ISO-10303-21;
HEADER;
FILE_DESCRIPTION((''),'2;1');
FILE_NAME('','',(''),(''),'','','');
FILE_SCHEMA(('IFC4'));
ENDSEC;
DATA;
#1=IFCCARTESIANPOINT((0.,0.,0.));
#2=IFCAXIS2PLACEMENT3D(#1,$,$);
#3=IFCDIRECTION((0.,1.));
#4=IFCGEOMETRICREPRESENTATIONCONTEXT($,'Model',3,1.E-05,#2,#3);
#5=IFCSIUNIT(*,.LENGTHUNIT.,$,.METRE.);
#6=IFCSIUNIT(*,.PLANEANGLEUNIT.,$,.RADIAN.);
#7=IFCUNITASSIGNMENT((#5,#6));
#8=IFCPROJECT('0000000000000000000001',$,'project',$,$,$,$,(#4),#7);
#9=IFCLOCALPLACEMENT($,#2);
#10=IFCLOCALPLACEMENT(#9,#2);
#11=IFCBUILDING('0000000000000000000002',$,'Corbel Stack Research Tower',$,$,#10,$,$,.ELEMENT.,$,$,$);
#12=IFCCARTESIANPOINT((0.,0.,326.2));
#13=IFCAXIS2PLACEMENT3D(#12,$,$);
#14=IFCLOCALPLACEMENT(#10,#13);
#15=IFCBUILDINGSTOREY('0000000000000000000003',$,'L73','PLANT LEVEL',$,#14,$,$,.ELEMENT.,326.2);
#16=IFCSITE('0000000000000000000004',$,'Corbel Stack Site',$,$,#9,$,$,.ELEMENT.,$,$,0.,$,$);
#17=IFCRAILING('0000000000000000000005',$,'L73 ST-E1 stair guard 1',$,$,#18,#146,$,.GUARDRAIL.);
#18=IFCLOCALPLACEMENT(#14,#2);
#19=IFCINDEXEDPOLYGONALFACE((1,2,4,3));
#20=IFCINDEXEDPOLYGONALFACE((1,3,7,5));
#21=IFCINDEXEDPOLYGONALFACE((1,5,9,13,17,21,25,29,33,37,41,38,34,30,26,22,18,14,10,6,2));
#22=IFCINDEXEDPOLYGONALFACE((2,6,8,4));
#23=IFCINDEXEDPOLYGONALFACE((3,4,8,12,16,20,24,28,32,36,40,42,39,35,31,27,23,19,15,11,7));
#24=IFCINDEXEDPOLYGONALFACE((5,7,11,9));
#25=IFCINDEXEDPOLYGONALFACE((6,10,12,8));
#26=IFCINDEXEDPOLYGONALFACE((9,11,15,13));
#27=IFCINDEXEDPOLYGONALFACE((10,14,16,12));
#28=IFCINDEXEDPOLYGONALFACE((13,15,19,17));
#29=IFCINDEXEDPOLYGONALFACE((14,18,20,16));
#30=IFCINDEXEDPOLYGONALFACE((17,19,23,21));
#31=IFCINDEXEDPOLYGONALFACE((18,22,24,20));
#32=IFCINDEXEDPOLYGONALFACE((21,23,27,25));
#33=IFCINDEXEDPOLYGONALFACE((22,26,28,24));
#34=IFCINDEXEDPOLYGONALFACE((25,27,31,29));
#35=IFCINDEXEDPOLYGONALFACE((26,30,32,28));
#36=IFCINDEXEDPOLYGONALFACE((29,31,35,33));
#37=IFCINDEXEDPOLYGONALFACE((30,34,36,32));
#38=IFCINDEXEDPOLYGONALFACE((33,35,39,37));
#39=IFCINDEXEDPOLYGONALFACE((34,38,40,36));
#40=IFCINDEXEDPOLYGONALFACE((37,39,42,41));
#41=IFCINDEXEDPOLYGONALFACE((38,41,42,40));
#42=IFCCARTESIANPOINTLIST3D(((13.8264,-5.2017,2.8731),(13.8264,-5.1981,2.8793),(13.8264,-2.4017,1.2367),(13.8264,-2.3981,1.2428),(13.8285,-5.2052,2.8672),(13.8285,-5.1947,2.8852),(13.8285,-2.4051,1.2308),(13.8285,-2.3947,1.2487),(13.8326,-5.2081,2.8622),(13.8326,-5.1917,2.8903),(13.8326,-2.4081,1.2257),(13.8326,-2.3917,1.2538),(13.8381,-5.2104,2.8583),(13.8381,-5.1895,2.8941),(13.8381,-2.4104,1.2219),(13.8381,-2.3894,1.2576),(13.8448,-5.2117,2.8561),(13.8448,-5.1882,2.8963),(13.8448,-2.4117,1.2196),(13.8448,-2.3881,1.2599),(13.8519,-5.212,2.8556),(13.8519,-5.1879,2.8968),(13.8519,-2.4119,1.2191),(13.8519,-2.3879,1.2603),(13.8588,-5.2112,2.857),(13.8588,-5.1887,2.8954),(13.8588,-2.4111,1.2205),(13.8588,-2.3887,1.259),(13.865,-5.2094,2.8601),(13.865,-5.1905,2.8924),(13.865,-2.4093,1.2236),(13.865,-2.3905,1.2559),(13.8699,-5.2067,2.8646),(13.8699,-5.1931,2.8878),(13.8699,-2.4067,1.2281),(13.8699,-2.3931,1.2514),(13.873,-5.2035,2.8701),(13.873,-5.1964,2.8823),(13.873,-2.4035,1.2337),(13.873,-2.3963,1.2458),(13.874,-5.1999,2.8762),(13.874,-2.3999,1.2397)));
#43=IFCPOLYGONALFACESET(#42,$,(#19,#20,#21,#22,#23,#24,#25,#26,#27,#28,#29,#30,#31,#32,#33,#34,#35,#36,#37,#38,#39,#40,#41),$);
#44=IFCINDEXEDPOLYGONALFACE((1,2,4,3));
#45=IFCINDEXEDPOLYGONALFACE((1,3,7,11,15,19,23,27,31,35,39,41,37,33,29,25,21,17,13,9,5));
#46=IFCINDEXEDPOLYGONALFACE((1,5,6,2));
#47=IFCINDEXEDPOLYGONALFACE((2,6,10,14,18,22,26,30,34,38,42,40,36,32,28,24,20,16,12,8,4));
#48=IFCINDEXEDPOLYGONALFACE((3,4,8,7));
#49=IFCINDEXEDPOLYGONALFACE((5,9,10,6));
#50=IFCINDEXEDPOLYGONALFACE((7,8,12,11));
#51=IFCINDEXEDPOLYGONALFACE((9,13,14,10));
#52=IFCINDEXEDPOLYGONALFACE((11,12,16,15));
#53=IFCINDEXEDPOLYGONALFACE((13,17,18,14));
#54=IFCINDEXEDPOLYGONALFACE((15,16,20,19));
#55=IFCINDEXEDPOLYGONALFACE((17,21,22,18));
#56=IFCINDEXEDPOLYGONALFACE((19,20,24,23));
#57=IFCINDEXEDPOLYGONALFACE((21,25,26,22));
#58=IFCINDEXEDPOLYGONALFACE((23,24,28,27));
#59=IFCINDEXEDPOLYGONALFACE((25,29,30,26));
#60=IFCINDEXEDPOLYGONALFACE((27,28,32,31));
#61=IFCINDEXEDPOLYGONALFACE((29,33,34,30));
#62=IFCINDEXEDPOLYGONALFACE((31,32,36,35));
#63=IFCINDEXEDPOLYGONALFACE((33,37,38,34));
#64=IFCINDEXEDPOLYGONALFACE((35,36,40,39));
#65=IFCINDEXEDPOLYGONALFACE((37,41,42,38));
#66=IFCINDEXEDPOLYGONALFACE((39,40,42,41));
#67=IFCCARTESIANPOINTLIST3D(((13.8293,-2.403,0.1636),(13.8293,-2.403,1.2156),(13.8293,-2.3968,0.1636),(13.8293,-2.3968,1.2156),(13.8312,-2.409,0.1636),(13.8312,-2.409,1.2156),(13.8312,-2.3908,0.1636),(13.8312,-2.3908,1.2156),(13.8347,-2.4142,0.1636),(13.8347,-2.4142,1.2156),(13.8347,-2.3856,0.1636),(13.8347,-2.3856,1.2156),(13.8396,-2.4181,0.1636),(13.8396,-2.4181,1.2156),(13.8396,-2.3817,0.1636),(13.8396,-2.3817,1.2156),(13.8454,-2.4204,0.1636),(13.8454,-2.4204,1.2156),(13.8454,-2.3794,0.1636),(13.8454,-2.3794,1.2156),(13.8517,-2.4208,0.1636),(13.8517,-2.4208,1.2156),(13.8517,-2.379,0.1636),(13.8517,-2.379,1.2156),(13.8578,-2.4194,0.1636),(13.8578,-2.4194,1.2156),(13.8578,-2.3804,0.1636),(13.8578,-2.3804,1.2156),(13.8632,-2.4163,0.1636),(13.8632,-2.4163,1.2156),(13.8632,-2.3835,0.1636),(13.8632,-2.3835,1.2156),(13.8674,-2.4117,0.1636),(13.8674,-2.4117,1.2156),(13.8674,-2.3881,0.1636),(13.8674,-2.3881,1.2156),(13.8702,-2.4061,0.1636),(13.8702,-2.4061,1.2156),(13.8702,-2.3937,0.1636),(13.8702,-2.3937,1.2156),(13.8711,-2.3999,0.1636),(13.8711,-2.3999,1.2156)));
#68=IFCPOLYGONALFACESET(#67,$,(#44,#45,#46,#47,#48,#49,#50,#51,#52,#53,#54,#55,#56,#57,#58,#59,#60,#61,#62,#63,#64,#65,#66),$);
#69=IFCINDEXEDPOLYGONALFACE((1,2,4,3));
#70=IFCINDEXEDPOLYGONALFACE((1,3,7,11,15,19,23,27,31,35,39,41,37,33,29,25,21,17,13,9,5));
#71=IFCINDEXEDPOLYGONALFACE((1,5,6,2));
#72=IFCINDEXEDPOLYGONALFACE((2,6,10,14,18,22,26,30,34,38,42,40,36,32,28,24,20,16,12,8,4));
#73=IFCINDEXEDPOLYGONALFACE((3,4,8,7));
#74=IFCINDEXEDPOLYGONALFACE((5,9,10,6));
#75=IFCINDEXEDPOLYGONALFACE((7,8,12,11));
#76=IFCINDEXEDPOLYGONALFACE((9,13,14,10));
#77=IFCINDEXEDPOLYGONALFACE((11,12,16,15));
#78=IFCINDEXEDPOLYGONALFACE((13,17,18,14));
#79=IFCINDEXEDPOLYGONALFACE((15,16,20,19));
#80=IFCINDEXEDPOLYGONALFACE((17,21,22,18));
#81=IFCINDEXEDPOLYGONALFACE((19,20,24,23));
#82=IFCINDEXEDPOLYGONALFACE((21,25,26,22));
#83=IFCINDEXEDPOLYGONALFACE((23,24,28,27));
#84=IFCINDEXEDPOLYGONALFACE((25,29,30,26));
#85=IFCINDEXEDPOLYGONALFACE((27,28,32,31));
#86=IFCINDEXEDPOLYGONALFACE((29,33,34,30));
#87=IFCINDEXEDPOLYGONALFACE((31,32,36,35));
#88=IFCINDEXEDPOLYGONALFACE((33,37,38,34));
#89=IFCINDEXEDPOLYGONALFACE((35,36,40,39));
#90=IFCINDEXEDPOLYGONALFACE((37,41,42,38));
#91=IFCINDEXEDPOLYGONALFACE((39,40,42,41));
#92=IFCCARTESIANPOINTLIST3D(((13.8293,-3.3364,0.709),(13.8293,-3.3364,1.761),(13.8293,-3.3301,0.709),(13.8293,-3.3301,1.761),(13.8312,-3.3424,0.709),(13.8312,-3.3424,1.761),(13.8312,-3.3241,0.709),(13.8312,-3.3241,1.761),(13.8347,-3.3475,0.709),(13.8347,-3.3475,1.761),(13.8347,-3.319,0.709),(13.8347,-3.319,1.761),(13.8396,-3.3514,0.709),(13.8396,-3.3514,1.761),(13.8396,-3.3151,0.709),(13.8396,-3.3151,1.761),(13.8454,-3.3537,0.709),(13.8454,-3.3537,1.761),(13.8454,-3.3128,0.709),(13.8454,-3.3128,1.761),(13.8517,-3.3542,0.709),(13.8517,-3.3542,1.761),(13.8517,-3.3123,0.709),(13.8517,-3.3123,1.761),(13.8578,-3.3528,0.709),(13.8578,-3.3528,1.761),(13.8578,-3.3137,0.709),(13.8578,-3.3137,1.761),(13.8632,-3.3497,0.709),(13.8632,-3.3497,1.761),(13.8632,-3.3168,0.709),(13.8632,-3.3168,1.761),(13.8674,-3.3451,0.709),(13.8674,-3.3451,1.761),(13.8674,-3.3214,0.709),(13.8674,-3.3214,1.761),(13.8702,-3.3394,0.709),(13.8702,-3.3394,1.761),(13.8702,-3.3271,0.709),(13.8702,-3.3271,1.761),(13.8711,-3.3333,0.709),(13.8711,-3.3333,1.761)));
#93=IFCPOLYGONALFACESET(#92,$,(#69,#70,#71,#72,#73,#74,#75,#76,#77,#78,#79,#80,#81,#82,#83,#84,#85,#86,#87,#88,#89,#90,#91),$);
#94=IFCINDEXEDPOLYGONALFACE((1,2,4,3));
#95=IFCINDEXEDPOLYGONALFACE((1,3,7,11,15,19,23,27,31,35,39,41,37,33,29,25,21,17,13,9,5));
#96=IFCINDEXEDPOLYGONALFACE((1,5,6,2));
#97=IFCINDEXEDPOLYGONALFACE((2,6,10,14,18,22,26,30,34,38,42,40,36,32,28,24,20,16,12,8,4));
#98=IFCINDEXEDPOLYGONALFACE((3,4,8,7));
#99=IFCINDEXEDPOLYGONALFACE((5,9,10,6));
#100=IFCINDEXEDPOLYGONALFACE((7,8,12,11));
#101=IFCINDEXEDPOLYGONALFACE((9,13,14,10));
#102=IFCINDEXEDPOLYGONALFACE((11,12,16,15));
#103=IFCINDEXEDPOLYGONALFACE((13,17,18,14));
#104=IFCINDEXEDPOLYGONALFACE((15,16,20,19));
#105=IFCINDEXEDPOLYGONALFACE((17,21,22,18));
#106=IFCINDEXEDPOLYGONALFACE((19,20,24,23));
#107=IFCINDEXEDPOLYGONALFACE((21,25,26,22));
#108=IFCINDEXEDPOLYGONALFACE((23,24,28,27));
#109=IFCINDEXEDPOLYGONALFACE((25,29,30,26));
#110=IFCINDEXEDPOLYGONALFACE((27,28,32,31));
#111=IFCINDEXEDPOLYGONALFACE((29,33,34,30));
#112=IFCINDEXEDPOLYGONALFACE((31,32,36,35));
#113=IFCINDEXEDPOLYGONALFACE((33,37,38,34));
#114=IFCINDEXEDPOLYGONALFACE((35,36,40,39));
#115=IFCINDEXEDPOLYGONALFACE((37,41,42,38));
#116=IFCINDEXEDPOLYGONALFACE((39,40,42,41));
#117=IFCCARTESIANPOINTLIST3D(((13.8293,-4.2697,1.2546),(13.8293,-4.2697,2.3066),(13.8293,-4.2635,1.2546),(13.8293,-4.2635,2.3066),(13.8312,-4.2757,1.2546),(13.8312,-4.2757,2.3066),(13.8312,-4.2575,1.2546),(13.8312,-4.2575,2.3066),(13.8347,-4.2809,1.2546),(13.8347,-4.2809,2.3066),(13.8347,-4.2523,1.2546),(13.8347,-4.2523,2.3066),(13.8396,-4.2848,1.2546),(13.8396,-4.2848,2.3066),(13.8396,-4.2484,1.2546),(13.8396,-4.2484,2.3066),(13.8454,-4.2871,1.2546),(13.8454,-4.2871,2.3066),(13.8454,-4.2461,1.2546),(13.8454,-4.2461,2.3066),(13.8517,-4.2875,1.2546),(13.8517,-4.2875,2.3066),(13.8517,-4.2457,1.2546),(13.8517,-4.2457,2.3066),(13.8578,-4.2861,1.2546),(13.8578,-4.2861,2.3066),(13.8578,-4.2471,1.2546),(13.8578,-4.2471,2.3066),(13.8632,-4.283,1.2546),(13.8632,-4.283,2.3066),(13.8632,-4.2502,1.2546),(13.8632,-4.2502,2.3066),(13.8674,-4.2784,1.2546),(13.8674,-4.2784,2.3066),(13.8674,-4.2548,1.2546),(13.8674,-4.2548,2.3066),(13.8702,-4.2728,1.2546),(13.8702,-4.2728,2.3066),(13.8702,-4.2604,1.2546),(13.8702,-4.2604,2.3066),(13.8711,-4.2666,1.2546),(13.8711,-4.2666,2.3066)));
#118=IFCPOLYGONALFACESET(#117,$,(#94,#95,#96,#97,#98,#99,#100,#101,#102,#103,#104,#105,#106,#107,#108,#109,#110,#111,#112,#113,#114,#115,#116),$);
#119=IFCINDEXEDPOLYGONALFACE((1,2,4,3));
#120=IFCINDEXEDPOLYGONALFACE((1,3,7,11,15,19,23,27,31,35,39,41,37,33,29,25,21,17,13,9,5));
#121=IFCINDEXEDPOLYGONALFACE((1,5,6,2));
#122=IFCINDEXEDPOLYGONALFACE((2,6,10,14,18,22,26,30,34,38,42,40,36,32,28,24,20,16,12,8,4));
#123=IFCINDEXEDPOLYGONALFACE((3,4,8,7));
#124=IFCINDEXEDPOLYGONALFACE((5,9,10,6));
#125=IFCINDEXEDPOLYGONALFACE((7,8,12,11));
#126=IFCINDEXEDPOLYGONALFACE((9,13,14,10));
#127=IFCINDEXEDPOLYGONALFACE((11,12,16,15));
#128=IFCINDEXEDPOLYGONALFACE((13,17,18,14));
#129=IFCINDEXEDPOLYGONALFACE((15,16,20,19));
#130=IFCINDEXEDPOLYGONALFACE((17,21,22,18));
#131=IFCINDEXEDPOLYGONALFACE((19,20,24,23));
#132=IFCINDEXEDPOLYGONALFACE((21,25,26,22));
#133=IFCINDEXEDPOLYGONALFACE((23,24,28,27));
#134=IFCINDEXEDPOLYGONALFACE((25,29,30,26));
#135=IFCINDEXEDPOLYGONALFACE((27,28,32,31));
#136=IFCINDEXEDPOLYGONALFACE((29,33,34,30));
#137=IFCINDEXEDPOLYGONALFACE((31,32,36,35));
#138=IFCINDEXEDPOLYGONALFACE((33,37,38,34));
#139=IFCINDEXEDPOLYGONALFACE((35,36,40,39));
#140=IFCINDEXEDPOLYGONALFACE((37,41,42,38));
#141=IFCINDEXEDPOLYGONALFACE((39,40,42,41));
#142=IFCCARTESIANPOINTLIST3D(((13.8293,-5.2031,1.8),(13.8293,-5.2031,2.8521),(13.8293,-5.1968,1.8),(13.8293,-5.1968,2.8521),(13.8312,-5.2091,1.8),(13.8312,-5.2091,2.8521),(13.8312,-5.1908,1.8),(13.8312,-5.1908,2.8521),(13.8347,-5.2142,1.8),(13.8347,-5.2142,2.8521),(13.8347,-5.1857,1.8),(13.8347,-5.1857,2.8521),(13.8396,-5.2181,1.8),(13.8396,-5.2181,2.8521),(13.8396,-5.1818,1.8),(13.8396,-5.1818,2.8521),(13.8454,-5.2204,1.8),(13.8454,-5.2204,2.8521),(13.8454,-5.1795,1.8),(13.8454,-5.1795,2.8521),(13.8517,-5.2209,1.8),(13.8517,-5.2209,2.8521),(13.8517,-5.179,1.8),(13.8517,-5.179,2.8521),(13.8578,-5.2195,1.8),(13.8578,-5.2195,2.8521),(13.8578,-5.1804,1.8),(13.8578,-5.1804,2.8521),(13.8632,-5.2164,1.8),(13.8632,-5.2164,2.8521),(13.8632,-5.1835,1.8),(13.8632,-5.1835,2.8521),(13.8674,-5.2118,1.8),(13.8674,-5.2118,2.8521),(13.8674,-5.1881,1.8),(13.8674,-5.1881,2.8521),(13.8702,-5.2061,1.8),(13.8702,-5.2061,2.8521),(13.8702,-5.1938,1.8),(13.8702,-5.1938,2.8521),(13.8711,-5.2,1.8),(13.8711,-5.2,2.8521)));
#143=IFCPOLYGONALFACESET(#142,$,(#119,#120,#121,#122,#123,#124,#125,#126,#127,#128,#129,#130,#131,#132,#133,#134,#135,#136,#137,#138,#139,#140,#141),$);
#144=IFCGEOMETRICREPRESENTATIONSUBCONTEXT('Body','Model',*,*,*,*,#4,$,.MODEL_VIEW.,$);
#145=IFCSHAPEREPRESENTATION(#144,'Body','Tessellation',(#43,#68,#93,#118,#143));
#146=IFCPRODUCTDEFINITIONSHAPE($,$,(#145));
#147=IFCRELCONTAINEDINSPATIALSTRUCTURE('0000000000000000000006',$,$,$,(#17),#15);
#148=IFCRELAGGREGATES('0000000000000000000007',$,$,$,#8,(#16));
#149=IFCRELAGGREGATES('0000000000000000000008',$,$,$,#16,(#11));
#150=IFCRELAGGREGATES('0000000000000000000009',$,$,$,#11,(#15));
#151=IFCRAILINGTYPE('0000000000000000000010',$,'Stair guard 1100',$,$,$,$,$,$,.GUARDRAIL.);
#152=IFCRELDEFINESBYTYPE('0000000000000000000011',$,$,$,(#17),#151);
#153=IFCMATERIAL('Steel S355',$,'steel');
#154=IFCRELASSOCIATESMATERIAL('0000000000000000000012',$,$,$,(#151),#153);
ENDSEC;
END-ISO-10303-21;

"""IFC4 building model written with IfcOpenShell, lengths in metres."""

from ifc_helpers import new_model, si_unit, direction, frame, origin, origin_2d, place, context, subcontext, project, spatial, circle, extrude, material, type_object, element, save


model = new_model("IFC4")

# Units and contexts
model_context = context("Model", 3, precision=1e-05, world=origin(), true_north=direction((0.0, 1.0)))
body_context = subcontext(model_context, "Body", "Model", "MODEL_VIEW")
ifc_project = project(units=[si_unit("LENGTHUNIT", "METRE"), si_unit("PLANEANGLEUNIT", "RADIAN")], contexts=[model_context])

# Site, building, storey
site_placement = place(None, origin())
site = spatial("IfcSite", under=ifc_project, at=site_placement, Name="Corbel Stack Site", CompositionType="ELEMENT", RefElevation=0.0)
building_placement = place(site_placement, origin())
building = spatial("IfcBuilding", under=site, at=building_placement, Name="Corbel Stack Research Tower", CompositionType="ELEMENT")
storey_placement = place(building_placement, frame((0.0, 0.0, 326.2)))
storey = spatial("IfcBuildingStorey", under=building, at=storey_placement, Name="L73", Description="PLANT LEVEL", CompositionType="ELEMENT", Elevation=326.2)

# Railing
ifc_material_1 = material(Name="Steel S355", Category="steel")
railing_type_1 = type_object("IfcRailingType", Name="Stair guard 1100", PredefinedType="GUARDRAIL", material=ifc_material_1)
railing_1_placement = place(storey_placement, frame((13.8501, -2.3999, 0.1636)))
element("IfcRailing", 1, at=railing_1_placement, inside=storey, type_object=railing_type_1, Name="L73 ST-E1 stair guard 1", PredefinedType="GUARDRAIL", context=body_context, shape_type="SweptSolid", body=[
    extrude(circle(Radius=0.0239, at=origin_2d()), frame((0.0, 0.0, 1.0762), z_axis=(0.0, -0.863361, 0.504587), x_axis=(1.0, 0.0, 0.0)), (0.0, 0.0, 1.0), 3.2432),
    extrude(circle(Radius=0.021, at=origin_2d()), origin(), (0.0, 0.0, 1.0), 1.052),
    extrude(circle(Radius=0.021, at=origin_2d()), frame((0.0, -0.9333, 0.5454)), (0.0, 0.0, 1.0), 1.052),
    extrude(circle(Radius=0.021, at=origin_2d()), frame((0.0, -1.8667, 1.0911)), (0.0, 0.0, 1.0), 1.052),
    extrude(circle(Radius=0.021, at=origin_2d()), frame((0.0, -2.8, 1.6365)), (0.0, 0.0, 1.0), 1.052),
])

save(model, "model.ifc")
